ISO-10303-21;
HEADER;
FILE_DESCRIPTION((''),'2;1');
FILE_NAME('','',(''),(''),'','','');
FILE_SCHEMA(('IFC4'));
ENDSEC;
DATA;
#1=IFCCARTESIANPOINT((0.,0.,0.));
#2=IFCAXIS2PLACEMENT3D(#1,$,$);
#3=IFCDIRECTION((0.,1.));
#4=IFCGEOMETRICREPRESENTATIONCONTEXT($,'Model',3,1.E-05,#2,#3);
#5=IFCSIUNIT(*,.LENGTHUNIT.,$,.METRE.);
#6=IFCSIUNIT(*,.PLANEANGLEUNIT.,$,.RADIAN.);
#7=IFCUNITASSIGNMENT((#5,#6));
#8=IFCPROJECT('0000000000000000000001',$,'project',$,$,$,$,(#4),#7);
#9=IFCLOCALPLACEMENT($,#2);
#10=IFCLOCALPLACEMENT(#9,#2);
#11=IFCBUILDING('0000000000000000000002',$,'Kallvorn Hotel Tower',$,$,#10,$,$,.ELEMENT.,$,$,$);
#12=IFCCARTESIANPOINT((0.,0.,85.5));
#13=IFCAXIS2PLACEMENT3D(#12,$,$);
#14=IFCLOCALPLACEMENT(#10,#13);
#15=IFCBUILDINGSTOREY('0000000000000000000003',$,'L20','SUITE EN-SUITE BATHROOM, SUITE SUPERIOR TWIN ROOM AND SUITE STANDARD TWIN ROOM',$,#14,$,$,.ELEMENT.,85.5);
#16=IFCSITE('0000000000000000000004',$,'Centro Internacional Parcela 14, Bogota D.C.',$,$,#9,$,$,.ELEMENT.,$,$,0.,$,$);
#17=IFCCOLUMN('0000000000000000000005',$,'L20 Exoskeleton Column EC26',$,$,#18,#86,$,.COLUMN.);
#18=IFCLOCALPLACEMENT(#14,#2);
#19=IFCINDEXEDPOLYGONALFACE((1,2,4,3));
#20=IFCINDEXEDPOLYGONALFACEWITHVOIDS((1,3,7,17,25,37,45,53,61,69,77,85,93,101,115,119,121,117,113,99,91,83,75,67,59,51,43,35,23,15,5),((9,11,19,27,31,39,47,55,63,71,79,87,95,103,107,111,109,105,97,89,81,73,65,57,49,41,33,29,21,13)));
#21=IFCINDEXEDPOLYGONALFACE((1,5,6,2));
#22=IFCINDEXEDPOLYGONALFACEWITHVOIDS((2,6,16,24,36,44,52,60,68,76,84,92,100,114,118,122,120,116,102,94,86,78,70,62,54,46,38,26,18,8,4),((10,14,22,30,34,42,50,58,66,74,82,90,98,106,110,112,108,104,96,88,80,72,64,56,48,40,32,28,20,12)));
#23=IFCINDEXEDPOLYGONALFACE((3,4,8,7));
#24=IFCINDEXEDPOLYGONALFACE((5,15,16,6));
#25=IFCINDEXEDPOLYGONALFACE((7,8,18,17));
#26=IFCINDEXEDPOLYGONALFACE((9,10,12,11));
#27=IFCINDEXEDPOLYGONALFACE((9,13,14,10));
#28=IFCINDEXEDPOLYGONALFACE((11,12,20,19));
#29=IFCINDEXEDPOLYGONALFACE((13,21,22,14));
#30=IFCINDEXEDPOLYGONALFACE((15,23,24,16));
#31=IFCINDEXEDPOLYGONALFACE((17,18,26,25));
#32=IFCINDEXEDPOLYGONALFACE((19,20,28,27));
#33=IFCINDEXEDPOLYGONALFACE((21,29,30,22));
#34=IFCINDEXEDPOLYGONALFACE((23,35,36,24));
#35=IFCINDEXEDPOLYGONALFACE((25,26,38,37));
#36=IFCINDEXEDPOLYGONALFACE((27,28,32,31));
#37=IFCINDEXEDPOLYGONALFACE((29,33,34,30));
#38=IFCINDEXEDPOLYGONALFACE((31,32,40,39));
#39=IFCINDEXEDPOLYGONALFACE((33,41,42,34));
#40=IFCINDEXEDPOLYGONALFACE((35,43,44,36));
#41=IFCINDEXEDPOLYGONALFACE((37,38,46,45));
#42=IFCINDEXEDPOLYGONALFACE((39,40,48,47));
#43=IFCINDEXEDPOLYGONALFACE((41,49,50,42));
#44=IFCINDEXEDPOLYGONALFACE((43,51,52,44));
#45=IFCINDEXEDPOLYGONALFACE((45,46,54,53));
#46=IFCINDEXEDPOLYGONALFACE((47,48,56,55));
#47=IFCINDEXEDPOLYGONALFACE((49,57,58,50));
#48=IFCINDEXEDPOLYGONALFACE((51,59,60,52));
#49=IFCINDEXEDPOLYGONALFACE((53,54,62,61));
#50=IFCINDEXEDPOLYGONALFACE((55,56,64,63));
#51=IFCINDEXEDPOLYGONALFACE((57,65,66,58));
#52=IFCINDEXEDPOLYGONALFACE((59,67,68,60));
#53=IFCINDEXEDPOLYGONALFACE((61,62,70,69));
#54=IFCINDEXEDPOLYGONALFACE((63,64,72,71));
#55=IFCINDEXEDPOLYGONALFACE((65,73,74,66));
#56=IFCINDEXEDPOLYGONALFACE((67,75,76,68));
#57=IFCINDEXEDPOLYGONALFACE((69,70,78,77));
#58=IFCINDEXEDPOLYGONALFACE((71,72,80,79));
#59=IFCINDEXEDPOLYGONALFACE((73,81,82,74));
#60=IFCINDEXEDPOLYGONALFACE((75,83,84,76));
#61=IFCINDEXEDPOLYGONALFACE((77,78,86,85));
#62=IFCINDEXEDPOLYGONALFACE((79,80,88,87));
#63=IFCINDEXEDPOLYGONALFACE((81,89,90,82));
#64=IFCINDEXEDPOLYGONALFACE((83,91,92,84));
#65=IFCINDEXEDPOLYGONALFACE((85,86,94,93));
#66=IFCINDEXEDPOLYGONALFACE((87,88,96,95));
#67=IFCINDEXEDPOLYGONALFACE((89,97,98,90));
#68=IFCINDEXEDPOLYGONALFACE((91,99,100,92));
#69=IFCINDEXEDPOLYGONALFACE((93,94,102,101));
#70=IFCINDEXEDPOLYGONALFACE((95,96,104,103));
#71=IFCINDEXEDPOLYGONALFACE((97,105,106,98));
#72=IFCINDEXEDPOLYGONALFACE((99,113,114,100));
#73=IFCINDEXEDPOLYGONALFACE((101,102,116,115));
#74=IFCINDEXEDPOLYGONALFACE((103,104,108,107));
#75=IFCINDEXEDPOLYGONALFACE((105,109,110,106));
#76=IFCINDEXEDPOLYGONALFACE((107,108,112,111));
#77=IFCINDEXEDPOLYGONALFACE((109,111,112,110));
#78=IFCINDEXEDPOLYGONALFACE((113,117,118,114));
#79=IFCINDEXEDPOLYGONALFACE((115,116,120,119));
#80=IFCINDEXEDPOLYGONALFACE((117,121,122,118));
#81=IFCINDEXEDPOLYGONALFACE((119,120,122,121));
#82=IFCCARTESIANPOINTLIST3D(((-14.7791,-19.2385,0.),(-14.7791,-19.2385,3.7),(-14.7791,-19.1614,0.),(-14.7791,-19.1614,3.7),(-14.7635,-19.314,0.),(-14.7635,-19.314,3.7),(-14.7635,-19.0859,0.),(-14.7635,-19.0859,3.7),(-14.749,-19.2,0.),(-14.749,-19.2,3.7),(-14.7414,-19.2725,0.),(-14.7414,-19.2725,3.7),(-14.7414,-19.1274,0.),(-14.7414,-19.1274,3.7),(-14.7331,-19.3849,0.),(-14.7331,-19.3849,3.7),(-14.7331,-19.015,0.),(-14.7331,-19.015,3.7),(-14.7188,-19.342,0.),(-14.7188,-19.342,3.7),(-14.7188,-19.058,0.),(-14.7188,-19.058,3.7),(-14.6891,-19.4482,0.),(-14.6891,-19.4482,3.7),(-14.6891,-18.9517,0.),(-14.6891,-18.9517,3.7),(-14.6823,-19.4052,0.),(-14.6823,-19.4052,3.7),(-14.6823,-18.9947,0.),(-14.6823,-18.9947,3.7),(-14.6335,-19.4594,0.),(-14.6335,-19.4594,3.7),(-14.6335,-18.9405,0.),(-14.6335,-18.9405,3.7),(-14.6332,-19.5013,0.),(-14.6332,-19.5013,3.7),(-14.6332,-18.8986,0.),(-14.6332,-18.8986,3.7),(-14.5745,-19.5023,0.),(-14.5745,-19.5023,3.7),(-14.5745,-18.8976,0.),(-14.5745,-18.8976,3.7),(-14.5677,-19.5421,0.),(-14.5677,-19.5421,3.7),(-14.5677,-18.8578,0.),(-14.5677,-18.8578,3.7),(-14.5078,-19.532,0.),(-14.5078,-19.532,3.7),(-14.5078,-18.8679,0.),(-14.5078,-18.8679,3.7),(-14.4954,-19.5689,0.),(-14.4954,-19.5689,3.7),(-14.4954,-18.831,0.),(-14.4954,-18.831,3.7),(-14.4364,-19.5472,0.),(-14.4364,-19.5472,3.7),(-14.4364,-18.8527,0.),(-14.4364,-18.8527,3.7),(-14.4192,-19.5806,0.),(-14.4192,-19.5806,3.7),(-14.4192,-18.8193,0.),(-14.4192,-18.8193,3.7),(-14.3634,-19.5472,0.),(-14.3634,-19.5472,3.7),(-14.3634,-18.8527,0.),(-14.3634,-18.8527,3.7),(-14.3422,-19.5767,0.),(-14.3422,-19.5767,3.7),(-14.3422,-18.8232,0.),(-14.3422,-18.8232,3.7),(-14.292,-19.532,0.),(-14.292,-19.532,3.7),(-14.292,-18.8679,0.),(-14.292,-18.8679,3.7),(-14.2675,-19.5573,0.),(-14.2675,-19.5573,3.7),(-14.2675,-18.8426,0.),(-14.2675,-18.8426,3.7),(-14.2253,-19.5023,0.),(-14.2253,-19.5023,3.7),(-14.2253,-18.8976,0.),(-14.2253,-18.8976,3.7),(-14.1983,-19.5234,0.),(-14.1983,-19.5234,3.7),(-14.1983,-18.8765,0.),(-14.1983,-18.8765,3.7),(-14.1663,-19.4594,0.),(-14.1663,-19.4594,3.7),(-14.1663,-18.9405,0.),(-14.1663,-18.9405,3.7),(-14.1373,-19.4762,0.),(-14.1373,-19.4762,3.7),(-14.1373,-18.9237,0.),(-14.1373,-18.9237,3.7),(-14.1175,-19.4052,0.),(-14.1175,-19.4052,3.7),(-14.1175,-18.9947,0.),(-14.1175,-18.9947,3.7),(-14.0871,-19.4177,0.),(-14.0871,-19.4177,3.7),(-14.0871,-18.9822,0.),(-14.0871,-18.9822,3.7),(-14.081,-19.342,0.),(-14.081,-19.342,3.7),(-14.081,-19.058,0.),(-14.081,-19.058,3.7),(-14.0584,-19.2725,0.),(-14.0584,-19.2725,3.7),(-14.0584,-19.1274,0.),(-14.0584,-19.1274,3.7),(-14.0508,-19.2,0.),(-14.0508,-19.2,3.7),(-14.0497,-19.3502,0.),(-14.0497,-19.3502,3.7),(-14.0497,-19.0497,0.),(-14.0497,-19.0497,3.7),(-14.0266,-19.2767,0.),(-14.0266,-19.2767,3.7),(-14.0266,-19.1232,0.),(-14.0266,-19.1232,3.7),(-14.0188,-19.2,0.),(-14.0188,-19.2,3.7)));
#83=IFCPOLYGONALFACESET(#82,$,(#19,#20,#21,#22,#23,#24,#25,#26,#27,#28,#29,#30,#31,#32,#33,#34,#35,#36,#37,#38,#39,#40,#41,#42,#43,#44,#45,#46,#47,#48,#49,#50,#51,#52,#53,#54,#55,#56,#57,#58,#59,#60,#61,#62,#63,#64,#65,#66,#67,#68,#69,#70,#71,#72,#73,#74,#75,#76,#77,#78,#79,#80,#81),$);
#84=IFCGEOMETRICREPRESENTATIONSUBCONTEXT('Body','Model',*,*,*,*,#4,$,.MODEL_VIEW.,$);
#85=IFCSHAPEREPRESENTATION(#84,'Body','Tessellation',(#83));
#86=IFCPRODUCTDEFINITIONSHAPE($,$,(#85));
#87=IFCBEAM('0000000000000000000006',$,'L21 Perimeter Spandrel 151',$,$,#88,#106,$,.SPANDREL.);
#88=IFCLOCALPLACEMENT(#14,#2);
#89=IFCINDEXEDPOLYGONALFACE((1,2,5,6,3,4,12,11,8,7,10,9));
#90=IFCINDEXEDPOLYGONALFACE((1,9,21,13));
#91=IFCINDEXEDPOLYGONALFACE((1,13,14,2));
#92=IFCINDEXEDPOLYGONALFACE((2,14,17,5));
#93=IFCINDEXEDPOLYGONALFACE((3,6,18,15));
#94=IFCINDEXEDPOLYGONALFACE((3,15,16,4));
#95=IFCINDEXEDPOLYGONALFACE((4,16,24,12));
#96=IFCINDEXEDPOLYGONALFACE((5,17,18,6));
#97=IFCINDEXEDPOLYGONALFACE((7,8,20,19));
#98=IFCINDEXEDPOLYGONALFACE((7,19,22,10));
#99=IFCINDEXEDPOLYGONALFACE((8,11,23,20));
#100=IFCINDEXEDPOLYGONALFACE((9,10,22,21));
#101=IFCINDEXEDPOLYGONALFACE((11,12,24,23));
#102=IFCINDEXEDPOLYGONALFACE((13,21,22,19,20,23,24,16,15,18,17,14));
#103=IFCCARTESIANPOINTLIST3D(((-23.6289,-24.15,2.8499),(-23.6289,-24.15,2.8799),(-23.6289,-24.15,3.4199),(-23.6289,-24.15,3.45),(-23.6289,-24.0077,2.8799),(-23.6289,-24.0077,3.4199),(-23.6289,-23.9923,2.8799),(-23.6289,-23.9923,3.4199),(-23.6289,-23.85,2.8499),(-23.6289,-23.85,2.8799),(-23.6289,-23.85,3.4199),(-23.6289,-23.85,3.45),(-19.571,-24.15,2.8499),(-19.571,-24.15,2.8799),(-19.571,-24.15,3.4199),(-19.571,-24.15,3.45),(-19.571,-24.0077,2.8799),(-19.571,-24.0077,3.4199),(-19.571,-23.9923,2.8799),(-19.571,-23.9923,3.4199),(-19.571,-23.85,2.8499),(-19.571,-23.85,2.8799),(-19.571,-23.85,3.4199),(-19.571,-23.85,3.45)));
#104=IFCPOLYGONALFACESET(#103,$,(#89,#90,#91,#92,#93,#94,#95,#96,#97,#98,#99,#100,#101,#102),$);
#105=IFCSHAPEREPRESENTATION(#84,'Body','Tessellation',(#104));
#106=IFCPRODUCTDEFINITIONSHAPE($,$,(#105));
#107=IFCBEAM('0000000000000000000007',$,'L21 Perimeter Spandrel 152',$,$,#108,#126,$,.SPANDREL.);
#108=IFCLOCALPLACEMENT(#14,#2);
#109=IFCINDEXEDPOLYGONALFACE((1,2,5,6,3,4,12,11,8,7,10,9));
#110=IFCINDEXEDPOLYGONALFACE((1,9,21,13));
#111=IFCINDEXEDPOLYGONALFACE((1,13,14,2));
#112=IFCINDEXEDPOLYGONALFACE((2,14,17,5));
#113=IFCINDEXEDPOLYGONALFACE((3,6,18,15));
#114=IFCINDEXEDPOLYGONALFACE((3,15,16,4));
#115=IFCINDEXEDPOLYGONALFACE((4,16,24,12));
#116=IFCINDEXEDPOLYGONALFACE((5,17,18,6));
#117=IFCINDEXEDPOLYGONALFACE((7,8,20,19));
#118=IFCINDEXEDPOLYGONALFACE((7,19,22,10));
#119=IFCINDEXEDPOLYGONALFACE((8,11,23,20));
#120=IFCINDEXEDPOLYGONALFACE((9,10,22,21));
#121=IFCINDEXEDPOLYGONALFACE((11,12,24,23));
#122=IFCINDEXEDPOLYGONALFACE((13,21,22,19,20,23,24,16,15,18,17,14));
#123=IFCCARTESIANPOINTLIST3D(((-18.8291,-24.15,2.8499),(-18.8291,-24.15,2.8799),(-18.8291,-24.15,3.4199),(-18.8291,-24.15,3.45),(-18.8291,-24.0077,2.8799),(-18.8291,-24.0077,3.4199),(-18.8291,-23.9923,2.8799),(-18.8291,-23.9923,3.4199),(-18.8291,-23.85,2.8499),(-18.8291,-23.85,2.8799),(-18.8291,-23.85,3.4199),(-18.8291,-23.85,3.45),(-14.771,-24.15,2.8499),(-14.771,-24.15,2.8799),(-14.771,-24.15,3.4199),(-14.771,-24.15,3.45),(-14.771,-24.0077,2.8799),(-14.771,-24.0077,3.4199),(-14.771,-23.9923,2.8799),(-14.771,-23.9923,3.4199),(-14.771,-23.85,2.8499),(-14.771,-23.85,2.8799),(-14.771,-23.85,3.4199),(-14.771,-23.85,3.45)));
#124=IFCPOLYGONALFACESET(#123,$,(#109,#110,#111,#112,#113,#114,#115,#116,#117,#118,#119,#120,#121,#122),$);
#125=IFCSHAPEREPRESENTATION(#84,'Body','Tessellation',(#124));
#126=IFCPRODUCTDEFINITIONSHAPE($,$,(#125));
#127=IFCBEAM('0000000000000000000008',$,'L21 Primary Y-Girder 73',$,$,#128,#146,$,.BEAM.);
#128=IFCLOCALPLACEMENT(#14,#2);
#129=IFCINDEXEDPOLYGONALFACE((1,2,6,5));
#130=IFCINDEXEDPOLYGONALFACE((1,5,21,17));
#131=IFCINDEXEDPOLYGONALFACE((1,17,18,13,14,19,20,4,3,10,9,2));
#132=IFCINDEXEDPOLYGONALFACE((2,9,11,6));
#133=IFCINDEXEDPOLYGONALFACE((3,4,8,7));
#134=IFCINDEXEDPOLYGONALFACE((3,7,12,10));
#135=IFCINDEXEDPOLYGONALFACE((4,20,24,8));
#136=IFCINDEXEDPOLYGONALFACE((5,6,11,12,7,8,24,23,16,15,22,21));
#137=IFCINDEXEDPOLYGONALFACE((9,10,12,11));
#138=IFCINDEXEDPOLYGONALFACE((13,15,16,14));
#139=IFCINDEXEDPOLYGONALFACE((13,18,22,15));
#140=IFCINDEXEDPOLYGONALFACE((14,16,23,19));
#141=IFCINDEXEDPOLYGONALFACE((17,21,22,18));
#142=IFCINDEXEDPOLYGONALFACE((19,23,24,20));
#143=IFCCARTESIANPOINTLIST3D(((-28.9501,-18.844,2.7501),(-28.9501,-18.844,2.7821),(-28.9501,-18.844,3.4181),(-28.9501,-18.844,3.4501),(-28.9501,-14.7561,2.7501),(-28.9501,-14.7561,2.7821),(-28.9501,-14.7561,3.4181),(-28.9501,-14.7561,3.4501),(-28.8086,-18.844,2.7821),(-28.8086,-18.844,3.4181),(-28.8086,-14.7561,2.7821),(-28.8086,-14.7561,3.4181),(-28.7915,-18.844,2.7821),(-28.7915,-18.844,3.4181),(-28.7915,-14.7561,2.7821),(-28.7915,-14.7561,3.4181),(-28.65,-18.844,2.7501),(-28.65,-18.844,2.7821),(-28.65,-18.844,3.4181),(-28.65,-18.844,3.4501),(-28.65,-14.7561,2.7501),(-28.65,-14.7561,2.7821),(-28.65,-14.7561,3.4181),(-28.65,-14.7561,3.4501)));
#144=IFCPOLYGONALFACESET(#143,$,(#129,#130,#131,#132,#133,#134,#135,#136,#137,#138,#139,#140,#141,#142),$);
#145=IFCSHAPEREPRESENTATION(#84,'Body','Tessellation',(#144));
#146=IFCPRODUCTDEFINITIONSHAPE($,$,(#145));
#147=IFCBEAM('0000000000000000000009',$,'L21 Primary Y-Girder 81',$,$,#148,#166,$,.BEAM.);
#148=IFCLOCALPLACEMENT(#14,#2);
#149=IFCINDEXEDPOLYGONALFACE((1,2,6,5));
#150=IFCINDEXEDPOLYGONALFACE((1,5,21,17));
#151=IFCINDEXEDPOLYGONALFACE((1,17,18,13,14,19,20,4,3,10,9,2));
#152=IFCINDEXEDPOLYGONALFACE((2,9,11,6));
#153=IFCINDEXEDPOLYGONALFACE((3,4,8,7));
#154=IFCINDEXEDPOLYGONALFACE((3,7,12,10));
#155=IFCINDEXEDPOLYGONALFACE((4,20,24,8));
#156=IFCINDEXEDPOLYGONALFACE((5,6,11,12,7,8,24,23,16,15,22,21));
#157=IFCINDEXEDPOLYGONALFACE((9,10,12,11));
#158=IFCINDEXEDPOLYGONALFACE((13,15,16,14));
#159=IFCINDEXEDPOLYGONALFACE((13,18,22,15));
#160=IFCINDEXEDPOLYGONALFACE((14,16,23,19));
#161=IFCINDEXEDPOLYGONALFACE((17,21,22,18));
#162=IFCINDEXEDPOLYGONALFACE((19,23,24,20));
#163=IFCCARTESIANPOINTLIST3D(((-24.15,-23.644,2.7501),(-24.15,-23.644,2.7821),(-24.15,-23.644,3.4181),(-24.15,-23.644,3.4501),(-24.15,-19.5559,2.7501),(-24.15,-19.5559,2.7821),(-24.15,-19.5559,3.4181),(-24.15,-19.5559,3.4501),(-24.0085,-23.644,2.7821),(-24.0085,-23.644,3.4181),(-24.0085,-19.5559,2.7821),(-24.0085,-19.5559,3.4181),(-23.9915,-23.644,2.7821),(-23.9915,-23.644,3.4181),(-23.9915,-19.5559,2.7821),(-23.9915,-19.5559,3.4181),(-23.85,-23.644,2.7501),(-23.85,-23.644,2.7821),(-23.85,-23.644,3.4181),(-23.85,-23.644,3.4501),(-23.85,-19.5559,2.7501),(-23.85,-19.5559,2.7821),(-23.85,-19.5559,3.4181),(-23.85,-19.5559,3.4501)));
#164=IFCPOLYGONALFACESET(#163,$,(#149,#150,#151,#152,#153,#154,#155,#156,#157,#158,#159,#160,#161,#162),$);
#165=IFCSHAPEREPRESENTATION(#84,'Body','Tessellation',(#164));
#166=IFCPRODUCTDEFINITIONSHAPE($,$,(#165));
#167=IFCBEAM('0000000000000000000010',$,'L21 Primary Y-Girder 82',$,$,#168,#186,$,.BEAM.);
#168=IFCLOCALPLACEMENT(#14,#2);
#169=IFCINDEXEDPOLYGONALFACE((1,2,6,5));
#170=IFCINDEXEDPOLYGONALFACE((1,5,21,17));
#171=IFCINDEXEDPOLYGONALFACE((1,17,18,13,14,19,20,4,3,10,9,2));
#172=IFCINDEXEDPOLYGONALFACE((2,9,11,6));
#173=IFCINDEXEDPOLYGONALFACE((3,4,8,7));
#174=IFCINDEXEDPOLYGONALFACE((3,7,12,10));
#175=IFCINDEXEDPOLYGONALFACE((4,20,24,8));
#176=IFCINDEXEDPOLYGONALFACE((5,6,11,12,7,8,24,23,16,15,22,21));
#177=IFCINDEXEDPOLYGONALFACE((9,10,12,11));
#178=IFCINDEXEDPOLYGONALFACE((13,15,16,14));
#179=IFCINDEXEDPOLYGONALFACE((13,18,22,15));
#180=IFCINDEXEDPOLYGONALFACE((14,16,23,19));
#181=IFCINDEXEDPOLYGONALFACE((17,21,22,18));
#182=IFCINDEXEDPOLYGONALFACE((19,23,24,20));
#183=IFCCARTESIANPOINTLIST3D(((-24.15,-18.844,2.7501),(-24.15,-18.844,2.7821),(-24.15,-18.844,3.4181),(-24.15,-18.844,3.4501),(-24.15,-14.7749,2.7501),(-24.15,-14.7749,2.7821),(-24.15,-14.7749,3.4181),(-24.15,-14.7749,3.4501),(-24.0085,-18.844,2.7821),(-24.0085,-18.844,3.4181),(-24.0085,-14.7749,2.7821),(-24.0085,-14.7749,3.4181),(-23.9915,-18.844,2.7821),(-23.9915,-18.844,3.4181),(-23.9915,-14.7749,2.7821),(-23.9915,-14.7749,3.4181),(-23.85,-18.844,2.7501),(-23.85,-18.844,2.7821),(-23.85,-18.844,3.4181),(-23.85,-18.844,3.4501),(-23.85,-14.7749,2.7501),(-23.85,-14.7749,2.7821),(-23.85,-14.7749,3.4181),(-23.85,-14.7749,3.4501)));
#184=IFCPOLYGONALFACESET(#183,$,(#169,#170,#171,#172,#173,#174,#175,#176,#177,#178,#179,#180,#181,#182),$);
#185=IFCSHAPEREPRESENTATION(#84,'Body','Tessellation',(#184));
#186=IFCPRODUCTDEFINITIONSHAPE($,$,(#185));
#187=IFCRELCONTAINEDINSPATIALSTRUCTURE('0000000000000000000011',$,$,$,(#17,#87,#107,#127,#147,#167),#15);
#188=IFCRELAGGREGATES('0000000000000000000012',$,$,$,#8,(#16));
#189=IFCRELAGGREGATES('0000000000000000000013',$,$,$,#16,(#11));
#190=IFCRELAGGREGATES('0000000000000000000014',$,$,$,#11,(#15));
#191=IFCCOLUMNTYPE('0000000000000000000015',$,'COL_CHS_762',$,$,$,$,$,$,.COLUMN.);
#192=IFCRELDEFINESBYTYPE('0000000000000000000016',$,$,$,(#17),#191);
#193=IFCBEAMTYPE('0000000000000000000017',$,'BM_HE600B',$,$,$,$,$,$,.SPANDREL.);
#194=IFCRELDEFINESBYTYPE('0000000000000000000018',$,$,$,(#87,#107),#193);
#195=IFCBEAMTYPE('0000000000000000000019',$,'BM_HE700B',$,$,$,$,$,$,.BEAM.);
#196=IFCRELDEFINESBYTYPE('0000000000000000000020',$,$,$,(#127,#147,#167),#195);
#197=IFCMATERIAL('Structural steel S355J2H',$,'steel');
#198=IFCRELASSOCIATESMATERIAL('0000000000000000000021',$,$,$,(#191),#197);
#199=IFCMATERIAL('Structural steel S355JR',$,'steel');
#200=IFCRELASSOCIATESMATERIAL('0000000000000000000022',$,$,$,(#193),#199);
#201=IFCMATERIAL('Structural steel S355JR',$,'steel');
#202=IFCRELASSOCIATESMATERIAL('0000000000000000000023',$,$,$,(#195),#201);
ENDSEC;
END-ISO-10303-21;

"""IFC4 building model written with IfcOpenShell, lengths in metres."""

from ifc_helpers import new_model, si_unit, direction, frame, origin, origin_2d, place, context, subcontext, project, spatial, hollow_circle, i_section, extrude, material, material_profile, profile_set, type_object, element, save


model = new_model("IFC4")

# Units and contexts
model_context = context("Model", 3, precision=1e-05, world=origin(), true_north=direction((0.0, 1.0)))
body_context = subcontext(model_context, "Body", "Model", "MODEL_VIEW")
ifc_project = project(units=[si_unit("LENGTHUNIT", "METRE"), si_unit("PLANEANGLEUNIT", "RADIAN")], contexts=[model_context])

# Site, building, storey
site_placement = place(None, origin())
site = spatial("IfcSite", under=ifc_project, at=site_placement, Name="Centro Internacional Parcela 14, Bogota D.C.", CompositionType="ELEMENT", RefElevation=0.0)
building_placement = place(site_placement, origin())
building = spatial("IfcBuilding", under=site, at=building_placement, Name="Kallvorn Hotel Tower", CompositionType="ELEMENT")
storey_placement = place(building_placement, frame((0.0, 0.0, 85.5)))
storey = spatial("IfcBuildingStorey", under=building, at=storey_placement, Name="L20", Description="SUITE EN-SUITE BATHROOM, SUITE SUPERIOR TWIN ROOM AND SUITE STANDARD TWIN ROOM", CompositionType="ELEMENT", Elevation=85.5)

# Column
ifc_material_1 = material(Name="Structural steel S355J2H", Category="steel")
ifc_material_profile_1 = material_profile(ifc_material_1, hollow_circle(Radius=0.3811, WallThickness=0.032, at=origin_2d()), Name="CHS 762x32")
ifc_profile_set_1 = profile_set([ifc_material_profile_1], Name="Structural steel S355J2H")
column_type = type_object("IfcColumnType", Name="COL_CHS_762", PredefinedType="COLUMN", material=ifc_profile_set_1)
for number, where, z_axis, x_axis, name in (
    (1, (-14.3999, -19.2, 0.0), (0.0, 0.0, 1.0), (1.0, 0.0, 0.0), "L20 Exoskeleton Column EC26"),
):
    element("IfcColumn", number, at=place(storey_placement, frame(where, z_axis=z_axis, x_axis=x_axis)), inside=storey, type_object=column_type, Name=name, PredefinedType="COLUMN", context=body_context, shape_type="SweptSolid", body=[
        extrude(hollow_circle(Radius=0.3811, WallThickness=0.032, at=origin_2d()), origin(), (0.0, 0.0, 1.0), 3.7),
    ])

# Beams
ifc_material_2 = material(Name="Structural steel S355JR", Category="steel")
ifc_material_profile_2 = material_profile(ifc_material_2, i_section(OverallWidth=0.3, OverallDepth=0.6001, WebThickness=0.0154, FlangeThickness=0.03, at=origin_2d()), Name="HE 600 B")
ifc_profile_set_2 = profile_set([ifc_material_profile_2], Name="Structural steel S355JR")
beam_type_1 = type_object("IfcBeamType", Name="BM_HE600B", PredefinedType="SPANDREL", material=ifc_profile_set_2)
beam_1_placement = place(storey_placement, frame((-23.6289, -24.0, 3.1499), z_axis=(1.0, 0.0, 0.0), x_axis=(0.0, 1.0, 0.0)))
element("IfcBeam", 2, at=beam_1_placement, inside=storey, type_object=beam_type_1, Name="L21 Perimeter Spandrel 151", PredefinedType="SPANDREL", context=body_context, shape_type="SweptSolid", body=[
    extrude(i_section(OverallWidth=0.3, OverallDepth=0.6001, WebThickness=0.0154, FlangeThickness=0.03, at=origin_2d()), origin(), (0.0, 0.0, 1.0), 4.0579),
])
beam_2_placement = place(storey_placement, frame((-18.8291, -24.0, 3.1499), z_axis=(1.0, 0.0, 0.0), x_axis=(0.0, 1.0, 0.0)))
element("IfcBeam", 3, at=beam_2_placement, inside=storey, type_object=beam_type_1, Name="L21 Perimeter Spandrel 152", PredefinedType="SPANDREL", context=body_context, shape_type="SweptSolid", body=[
    extrude(i_section(OverallWidth=0.3, OverallDepth=0.6001, WebThickness=0.0154, FlangeThickness=0.03, at=origin_2d()), origin(), (0.0, 0.0, 1.0), 4.0581),
])
ifc_material_3 = material(Name="Structural steel S355JR", Category="steel")
ifc_material_profile_3 = material_profile(ifc_material_3, i_section(OverallWidth=0.3, OverallDepth=0.7, WebThickness=0.0171, FlangeThickness=0.032, at=origin_2d()), Name="HE 700 B")
ifc_profile_set_3 = profile_set([ifc_material_profile_3], Name="Structural steel S355JR")
beam_type_2 = type_object("IfcBeamType", Name="BM_HE700B", PredefinedType="BEAM", material=ifc_profile_set_3)
beam_3_placement = place(storey_placement, frame((-28.8, -18.844, 3.1001), z_axis=(0.0, 1.0, 0.0), x_axis=(-1.0, 0.0, 0.0)))
element("IfcBeam", 4, at=beam_3_placement, inside=storey, type_object=beam_type_2, Name="L21 Primary Y-Girder 73", PredefinedType="BEAM", context=body_context, shape_type="SweptSolid", body=[
    extrude(i_section(OverallWidth=0.3, OverallDepth=0.7, WebThickness=0.0171, FlangeThickness=0.032, at=origin_2d()), origin(), (0.0, 0.0, 1.0), 4.0879),
])
beam_4_placement = place(storey_placement, frame((-24.0, -23.644, 3.1001), z_axis=(0.0, 1.0, 0.0), x_axis=(-1.0, 0.0, 0.0)))
element("IfcBeam", 5, at=beam_4_placement, inside=storey, type_object=beam_type_2, Name="L21 Primary Y-Girder 81", PredefinedType="BEAM", context=body_context, shape_type="SweptSolid", body=[
    extrude(i_section(OverallWidth=0.3, OverallDepth=0.7, WebThickness=0.0171, FlangeThickness=0.032, at=origin_2d()), origin(), (0.0, 0.0, 1.0), 4.0881),
])
beam_5_placement = place(storey_placement, frame((-24.0, -18.844, 3.1001), z_axis=(0.0, 1.0, 0.0), x_axis=(-1.0, 0.0, 0.0)))
element("IfcBeam", 6, at=beam_5_placement, inside=storey, type_object=beam_type_2, Name="L21 Primary Y-Girder 82", PredefinedType="BEAM", context=body_context, shape_type="SweptSolid", body=[
    extrude(i_section(OverallWidth=0.3, OverallDepth=0.7, WebThickness=0.0171, FlangeThickness=0.032, at=origin_2d()), origin(), (0.0, 0.0, 1.0), 4.0691),
])

save(model, "model.ifc")
